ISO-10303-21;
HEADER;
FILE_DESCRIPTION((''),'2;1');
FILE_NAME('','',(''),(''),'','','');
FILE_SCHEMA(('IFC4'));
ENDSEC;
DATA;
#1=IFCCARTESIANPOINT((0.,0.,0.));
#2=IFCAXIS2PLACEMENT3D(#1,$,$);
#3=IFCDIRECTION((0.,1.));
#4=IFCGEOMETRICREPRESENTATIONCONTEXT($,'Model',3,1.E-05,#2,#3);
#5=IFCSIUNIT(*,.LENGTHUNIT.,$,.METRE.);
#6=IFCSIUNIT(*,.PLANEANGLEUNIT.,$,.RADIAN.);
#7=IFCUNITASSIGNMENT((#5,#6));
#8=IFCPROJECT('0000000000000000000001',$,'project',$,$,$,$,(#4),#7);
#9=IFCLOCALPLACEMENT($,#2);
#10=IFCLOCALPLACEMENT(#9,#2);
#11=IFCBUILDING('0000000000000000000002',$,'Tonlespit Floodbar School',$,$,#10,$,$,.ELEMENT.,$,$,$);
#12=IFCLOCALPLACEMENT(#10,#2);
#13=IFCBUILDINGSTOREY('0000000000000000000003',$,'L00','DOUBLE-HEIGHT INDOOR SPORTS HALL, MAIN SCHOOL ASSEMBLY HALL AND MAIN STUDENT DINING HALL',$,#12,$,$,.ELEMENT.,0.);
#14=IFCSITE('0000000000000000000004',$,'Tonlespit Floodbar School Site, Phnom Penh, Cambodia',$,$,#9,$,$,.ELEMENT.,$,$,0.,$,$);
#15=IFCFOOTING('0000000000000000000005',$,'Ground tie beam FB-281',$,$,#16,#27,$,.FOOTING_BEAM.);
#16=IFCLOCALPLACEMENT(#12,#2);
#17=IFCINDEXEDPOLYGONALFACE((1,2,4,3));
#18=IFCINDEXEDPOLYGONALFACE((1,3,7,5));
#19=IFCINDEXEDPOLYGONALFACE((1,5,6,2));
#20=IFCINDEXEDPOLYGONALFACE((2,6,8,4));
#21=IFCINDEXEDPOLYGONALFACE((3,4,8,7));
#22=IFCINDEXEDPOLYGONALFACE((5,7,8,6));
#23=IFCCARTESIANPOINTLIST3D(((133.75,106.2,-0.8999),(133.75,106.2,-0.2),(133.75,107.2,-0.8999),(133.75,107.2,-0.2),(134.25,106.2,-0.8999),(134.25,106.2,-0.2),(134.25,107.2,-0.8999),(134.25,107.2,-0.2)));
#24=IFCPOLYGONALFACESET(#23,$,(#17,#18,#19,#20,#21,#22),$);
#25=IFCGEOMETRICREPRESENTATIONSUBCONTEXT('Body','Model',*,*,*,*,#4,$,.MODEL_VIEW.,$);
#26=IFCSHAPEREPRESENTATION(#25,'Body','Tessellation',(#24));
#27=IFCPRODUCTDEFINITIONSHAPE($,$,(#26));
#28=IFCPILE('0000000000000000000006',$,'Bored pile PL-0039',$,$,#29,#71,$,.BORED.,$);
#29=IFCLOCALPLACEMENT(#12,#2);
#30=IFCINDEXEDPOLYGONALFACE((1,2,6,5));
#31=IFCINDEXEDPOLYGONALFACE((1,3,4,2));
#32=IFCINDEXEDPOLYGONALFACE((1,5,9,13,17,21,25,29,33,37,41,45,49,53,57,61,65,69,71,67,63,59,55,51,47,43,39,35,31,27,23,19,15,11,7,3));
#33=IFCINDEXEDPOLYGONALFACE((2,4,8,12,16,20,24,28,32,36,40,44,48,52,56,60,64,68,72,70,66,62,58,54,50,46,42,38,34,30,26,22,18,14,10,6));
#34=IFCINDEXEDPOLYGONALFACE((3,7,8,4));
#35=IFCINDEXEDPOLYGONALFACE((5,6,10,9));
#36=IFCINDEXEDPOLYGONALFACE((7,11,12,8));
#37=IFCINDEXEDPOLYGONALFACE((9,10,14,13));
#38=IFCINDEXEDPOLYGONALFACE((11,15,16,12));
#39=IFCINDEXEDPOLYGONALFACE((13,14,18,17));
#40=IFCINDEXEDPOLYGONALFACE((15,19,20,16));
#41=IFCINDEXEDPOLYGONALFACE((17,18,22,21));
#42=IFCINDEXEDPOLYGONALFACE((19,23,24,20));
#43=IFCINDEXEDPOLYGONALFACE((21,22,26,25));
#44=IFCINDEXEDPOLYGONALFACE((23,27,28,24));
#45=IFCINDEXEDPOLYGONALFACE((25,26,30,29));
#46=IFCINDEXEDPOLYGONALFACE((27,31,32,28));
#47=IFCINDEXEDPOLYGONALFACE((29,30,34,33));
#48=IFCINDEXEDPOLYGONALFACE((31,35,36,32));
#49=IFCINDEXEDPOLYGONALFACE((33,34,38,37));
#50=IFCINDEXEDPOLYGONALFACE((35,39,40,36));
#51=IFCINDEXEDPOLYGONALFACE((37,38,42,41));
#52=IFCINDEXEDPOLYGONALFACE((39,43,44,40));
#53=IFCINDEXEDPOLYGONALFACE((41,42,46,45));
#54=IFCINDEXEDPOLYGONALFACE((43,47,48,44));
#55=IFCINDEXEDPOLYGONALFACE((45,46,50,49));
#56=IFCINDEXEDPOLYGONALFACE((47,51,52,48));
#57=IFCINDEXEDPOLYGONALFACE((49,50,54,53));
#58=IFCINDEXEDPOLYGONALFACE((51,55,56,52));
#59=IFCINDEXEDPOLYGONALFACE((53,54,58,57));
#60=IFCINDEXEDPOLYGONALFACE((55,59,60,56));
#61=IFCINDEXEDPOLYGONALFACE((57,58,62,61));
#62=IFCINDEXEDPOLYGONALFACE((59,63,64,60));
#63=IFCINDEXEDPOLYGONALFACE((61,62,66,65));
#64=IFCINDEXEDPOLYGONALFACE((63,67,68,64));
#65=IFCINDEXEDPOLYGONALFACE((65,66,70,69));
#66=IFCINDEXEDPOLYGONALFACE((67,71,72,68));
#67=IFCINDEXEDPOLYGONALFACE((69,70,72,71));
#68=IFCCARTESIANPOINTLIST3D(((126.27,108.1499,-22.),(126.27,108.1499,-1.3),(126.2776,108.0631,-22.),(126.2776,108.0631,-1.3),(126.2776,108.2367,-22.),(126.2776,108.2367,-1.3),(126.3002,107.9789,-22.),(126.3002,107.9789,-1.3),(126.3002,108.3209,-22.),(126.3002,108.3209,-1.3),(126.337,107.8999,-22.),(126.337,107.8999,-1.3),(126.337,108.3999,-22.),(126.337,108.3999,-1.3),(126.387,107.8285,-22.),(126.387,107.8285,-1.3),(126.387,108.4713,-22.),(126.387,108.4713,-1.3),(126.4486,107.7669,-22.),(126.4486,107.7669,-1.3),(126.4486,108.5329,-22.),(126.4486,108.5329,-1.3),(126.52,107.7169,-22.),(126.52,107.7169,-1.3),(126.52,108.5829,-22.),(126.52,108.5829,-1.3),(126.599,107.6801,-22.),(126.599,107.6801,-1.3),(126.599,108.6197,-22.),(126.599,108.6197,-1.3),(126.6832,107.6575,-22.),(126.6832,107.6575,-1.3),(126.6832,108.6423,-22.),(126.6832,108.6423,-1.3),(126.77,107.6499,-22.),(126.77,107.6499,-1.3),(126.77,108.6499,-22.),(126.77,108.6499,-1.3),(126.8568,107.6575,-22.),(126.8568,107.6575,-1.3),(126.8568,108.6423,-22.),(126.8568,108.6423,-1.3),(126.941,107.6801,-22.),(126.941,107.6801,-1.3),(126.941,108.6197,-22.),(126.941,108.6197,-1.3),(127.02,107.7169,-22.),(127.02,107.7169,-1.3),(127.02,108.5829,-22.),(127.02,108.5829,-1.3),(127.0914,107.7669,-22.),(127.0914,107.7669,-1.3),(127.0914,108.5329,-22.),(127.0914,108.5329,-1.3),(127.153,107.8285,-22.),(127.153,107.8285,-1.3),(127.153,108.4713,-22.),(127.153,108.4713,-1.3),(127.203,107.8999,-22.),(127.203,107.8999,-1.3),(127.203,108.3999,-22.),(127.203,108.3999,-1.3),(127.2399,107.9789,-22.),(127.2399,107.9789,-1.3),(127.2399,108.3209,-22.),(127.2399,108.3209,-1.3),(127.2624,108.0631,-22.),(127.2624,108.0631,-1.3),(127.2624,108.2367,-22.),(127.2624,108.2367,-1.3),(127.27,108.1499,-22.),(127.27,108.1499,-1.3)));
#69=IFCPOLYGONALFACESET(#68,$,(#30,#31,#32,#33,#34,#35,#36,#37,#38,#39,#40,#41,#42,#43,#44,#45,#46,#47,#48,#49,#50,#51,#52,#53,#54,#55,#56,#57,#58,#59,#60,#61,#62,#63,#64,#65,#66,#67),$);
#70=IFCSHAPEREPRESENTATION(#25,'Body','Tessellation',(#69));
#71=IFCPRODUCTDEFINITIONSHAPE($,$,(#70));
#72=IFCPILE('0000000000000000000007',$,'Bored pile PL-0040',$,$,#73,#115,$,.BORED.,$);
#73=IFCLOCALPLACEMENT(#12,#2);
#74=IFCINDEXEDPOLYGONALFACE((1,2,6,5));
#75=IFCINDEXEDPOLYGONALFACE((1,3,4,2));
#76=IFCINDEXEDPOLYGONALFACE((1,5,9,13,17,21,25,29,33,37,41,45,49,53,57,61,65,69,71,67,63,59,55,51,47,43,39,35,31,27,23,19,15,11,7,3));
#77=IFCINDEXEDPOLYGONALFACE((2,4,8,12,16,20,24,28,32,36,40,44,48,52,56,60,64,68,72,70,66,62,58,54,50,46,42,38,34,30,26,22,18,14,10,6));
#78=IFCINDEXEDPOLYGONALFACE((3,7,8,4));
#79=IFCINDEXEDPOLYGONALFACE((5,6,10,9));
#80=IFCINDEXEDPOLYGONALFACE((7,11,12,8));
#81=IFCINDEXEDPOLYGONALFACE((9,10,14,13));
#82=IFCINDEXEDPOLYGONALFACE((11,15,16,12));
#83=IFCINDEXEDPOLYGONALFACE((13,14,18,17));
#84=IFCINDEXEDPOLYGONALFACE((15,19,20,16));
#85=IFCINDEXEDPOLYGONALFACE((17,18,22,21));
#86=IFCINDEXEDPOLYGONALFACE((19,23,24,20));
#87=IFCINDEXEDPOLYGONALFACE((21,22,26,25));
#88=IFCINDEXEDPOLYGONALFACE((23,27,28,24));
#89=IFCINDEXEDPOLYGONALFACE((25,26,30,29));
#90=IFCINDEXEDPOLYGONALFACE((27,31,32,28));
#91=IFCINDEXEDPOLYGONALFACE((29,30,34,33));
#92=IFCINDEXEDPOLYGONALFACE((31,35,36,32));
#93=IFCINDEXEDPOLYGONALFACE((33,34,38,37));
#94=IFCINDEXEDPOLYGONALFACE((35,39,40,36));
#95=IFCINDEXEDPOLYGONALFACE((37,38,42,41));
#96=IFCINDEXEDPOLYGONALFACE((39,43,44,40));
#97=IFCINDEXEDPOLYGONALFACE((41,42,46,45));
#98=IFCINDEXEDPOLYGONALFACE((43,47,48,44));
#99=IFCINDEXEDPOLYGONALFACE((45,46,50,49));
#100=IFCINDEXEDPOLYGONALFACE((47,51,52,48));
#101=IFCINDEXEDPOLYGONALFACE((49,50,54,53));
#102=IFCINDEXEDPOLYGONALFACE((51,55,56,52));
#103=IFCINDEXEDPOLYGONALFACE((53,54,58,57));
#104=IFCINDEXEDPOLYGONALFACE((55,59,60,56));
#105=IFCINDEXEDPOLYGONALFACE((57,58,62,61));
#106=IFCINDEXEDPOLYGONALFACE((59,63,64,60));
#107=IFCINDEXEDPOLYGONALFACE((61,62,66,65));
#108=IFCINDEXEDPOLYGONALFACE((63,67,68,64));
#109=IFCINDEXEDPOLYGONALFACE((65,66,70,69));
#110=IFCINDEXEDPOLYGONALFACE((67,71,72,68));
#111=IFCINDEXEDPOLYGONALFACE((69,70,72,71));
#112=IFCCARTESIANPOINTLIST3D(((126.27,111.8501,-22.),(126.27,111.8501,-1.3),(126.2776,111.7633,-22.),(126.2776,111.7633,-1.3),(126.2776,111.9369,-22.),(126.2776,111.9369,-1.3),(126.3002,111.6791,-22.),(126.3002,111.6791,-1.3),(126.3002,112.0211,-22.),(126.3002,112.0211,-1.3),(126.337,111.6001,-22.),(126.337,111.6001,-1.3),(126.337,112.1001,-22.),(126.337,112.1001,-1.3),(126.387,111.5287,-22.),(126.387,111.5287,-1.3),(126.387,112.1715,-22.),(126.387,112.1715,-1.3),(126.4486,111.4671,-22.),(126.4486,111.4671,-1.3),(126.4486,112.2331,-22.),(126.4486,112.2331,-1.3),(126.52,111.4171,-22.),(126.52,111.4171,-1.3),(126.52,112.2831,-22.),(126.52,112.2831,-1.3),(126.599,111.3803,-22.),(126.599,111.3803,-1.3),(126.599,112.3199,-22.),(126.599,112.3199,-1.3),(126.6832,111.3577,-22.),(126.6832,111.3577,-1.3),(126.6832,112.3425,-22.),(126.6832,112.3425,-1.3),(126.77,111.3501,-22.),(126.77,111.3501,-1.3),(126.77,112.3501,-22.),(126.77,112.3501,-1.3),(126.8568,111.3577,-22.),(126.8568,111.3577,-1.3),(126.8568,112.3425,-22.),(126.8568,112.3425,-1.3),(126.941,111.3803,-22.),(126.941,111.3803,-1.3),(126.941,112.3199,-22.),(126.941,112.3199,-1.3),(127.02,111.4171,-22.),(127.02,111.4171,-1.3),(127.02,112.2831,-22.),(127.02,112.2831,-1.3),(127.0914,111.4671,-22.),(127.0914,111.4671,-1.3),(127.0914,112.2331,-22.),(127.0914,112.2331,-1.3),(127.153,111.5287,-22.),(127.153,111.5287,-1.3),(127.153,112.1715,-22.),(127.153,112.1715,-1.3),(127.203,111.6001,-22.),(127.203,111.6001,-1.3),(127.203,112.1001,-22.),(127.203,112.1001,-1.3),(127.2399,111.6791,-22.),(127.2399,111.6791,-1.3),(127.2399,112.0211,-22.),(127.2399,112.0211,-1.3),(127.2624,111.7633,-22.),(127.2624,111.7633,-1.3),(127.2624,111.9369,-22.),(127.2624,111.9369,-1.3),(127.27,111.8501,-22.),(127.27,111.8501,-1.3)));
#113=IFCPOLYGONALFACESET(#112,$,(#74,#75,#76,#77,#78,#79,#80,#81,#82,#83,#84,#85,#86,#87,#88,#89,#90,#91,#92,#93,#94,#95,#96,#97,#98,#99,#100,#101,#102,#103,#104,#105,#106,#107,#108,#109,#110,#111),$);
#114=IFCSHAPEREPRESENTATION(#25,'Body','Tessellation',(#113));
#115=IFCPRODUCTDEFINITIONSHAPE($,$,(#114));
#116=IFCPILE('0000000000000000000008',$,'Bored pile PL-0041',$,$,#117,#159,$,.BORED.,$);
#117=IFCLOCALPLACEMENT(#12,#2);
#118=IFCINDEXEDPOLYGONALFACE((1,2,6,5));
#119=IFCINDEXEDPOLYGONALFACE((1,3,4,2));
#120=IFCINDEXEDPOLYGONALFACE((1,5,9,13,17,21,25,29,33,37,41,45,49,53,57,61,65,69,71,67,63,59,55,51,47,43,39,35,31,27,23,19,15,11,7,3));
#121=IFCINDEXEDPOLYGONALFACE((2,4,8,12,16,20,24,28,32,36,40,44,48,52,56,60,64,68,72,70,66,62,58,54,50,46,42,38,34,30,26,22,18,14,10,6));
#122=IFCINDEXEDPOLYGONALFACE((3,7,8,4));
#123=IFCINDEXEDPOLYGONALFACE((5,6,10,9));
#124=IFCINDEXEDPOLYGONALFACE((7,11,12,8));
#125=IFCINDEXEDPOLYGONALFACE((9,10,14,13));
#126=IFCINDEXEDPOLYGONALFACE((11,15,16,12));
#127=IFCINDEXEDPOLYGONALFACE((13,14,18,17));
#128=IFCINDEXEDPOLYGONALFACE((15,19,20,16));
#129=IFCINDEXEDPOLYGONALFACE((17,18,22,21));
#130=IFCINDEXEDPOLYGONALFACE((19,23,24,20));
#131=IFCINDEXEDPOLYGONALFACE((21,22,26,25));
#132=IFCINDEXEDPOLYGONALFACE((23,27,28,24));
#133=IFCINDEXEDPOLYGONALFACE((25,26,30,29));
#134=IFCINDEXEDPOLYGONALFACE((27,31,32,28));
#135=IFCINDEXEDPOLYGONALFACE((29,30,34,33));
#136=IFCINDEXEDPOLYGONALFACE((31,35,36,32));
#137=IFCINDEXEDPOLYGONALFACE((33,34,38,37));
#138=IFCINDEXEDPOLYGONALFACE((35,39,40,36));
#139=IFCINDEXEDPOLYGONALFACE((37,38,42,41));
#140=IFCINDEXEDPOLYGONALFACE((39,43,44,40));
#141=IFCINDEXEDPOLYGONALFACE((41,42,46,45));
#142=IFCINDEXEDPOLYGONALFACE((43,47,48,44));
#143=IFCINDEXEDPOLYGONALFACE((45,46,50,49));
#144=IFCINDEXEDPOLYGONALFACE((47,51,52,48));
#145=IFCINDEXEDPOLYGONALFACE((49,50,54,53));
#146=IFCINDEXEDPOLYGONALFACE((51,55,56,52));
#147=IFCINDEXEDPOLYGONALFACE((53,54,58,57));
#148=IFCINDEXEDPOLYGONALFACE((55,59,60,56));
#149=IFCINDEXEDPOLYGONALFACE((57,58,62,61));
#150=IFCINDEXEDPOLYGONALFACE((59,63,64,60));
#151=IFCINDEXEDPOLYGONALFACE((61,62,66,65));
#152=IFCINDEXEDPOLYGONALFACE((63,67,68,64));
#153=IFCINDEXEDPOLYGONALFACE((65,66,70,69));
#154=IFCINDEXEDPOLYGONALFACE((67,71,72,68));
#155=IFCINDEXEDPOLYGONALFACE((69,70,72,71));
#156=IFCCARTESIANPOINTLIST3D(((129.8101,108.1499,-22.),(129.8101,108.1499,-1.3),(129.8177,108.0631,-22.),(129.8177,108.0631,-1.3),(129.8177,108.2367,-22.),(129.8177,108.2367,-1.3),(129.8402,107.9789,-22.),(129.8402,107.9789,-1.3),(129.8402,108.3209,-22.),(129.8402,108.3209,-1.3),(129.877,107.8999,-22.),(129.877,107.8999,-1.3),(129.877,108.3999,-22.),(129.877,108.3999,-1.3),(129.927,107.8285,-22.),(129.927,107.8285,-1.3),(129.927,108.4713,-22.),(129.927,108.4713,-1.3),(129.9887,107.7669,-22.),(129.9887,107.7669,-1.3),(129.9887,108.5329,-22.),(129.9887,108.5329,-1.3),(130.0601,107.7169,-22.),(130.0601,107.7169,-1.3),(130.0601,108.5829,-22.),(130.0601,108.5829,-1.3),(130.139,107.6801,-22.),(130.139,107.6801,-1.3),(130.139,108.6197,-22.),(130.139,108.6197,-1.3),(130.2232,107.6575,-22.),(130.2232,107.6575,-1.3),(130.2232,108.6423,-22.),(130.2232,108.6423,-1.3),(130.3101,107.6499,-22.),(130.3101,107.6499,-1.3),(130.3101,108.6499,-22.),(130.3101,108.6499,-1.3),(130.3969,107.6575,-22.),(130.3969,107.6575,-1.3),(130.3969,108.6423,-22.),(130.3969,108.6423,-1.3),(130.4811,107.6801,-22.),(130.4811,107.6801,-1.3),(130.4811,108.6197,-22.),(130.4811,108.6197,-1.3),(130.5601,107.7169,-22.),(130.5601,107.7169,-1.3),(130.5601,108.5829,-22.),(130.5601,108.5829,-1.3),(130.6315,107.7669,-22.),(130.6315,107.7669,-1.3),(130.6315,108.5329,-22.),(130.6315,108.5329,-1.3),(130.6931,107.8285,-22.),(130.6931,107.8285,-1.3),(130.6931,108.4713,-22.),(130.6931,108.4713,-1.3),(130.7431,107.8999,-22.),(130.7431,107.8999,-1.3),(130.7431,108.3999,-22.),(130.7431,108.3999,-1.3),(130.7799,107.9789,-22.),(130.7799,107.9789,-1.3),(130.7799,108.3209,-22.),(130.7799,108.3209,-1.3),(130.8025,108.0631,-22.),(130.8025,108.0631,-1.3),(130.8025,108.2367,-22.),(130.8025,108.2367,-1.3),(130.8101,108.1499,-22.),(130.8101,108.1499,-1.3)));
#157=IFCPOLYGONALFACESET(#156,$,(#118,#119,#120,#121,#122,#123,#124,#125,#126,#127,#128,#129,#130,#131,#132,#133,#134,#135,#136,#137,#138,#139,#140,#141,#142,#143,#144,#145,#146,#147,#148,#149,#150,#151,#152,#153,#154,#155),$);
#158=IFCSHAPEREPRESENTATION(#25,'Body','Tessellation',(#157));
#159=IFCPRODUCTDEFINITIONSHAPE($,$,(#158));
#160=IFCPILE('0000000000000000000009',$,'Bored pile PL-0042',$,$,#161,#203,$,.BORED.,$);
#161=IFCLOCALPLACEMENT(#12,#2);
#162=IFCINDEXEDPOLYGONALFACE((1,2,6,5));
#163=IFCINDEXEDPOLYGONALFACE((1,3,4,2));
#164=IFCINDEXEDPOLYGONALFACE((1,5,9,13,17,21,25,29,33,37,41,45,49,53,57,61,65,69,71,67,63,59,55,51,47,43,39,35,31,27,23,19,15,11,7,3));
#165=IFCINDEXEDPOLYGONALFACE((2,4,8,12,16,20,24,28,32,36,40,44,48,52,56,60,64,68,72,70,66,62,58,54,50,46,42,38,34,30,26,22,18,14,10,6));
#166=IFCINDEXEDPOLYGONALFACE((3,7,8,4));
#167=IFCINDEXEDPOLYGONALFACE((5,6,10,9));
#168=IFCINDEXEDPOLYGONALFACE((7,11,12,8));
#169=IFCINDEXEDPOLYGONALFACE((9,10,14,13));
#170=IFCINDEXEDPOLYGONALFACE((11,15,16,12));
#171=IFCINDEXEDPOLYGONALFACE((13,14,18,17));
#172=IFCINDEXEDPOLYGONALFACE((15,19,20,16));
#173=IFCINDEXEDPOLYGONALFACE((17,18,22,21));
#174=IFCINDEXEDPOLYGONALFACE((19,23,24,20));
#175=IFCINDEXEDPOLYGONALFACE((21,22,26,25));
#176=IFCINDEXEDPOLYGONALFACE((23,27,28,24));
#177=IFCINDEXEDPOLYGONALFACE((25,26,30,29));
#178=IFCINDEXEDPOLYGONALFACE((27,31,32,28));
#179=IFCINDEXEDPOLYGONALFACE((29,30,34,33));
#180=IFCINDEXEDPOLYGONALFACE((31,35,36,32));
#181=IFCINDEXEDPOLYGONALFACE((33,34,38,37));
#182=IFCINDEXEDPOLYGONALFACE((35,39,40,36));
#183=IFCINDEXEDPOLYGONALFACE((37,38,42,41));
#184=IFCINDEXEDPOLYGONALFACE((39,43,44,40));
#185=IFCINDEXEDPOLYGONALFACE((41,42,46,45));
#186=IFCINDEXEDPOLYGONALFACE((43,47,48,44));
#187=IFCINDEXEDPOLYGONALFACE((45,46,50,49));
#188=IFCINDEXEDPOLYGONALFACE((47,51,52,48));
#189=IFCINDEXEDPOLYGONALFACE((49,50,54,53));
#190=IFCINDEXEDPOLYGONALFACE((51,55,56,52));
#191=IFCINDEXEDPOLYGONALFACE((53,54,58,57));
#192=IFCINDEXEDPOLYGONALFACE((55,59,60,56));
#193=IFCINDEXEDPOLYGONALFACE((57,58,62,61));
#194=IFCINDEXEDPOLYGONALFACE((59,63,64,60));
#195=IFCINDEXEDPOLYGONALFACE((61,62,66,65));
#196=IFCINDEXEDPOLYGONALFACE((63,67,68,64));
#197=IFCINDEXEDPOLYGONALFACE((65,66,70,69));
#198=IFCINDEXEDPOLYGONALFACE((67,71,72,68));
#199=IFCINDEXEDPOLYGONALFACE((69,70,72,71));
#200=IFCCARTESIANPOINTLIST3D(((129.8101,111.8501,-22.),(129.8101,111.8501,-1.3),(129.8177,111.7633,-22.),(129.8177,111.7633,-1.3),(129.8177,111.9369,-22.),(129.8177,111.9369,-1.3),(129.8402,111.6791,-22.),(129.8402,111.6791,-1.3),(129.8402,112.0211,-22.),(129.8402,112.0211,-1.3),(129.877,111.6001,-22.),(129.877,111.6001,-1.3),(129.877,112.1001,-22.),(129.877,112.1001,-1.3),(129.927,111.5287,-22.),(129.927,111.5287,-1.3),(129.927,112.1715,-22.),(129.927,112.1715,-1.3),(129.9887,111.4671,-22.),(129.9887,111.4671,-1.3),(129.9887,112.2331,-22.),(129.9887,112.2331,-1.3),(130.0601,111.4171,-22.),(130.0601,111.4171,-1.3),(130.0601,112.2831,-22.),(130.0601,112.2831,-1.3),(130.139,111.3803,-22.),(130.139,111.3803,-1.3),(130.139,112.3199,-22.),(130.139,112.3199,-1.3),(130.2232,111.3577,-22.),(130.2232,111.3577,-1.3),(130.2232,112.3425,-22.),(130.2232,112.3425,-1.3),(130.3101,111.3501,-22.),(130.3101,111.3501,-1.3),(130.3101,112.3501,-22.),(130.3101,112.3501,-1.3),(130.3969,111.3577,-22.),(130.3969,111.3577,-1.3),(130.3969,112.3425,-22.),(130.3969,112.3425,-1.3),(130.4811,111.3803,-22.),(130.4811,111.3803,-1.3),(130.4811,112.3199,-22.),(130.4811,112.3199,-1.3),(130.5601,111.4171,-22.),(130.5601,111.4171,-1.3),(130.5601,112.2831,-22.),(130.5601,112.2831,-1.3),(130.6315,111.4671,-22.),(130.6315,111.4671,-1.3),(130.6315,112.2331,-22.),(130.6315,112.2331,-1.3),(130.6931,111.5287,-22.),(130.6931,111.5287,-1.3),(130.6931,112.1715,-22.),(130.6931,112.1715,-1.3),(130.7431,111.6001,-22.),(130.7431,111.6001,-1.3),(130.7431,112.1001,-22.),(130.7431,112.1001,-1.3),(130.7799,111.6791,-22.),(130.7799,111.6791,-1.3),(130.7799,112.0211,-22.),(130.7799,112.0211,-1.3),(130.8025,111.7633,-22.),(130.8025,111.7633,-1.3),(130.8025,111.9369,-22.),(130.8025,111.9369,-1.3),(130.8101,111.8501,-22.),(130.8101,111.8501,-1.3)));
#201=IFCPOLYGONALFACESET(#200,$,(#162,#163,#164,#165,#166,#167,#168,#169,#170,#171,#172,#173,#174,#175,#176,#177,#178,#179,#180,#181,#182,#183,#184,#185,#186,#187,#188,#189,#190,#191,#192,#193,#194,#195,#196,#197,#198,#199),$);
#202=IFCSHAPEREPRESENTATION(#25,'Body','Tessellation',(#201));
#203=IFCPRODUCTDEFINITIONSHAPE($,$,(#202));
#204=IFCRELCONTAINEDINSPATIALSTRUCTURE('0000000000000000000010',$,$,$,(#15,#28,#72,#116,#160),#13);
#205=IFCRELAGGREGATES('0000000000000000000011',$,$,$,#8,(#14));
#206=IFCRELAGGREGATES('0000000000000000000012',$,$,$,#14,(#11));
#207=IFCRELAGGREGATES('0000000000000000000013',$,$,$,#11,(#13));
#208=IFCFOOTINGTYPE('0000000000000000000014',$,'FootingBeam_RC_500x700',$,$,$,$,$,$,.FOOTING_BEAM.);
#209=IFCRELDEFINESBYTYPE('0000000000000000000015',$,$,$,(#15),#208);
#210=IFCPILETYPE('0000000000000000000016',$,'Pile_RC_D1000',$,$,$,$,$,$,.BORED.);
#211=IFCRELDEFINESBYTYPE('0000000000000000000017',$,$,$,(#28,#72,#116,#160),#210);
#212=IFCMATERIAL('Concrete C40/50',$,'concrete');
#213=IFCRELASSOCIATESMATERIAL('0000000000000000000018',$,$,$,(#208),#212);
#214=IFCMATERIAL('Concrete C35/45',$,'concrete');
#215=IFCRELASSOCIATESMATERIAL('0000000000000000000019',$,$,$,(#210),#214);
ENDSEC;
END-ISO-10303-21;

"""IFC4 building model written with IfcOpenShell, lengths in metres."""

from ifc_helpers import new_model, si_unit, direction, frame, origin, origin_2d, place, context, subcontext, project, spatial, rectangle, circle, extrude, material, material_profile, profile_set, type_object, element, save


model = new_model("IFC4")

# Units and contexts
model_context = context("Model", 3, precision=1e-05, world=origin(), true_north=direction((0.0, 1.0)))
body_context = subcontext(model_context, "Body", "Model", "MODEL_VIEW")
ifc_project = project(units=[si_unit("LENGTHUNIT", "METRE"), si_unit("PLANEANGLEUNIT", "RADIAN")], contexts=[model_context])

# Site, building, storey
site_placement = place(None, origin())
site = spatial("IfcSite", under=ifc_project, at=site_placement, Name="Tonlespit Floodbar School Site, Phnom Penh, Cambodia", CompositionType="ELEMENT", RefElevation=0.0)
building_placement = place(site_placement, origin())
building = spatial("IfcBuilding", under=site, at=building_placement, Name="Tonlespit Floodbar School", CompositionType="ELEMENT")
storey_placement = place(building_placement, origin())
storey = spatial("IfcBuildingStorey", under=building, at=storey_placement, Name="L00", Description="DOUBLE-HEIGHT INDOOR SPORTS HALL, MAIN SCHOOL ASSEMBLY HALL AND MAIN STUDENT DINING HALL", CompositionType="ELEMENT", Elevation=0.0)

# Footing
ifc_material_1 = material(Name="Concrete C40/50", Category="concrete")
footing_type_1 = type_object("IfcFootingType", Name="FootingBeam_RC_500x700", PredefinedType="FOOTING_BEAM", material=ifc_material_1)
footing_1_placement = place(storey_placement, frame((134.0, 106.7, -0.8999), z_axis=(0.0, 0.0, 1.0), x_axis=(0.0, 1.0, 0.0)))
element("IfcFooting", 1, at=footing_1_placement, inside=storey, type_object=footing_type_1, Name="Ground tie beam FB-281", PredefinedType="FOOTING_BEAM", context=body_context, shape_type="SweptSolid", body=[
    extrude(rectangle(XDim=1.0, YDim=0.5, at=origin_2d()), origin(), (0.0, 0.0, 1.0), 0.7),
])

# Piles
ifc_material_2 = material(Name="Concrete C35/45", Category="concrete")
ifc_material_profile_1 = material_profile(ifc_material_2, circle(Radius=0.5, at=origin_2d()), Name="BP D1000")
ifc_profile_set_1 = profile_set([ifc_material_profile_1], Name="Concrete C35/45")
pile_type = type_object("IfcPileType", Name="Pile_RC_D1000", PredefinedType="BORED", material=ifc_profile_set_1)
for number, where, z_axis, x_axis, name in (
    (2, (126.77, 108.1499, -1.3), (0.0, 0.0, -1.0), (1.0, 0.0, 0.0), "Bored pile PL-0039"),
    (3, (126.77, 111.8501, -1.3), (0.0, 0.0, -1.0), (1.0, 0.0, 0.0), "Bored pile PL-0040"),
    (4, (130.3101, 108.1499, -1.3), (0.0, 0.0, -1.0), (1.0, 0.0, 0.0), "Bored pile PL-0041"),
    (5, (130.3101, 111.8501, -1.3), (0.0, 0.0, -1.0), (1.0, 0.0, 0.0), "Bored pile PL-0042"),
):
    element("IfcPile", number, at=place(storey_placement, frame(where, z_axis=z_axis, x_axis=x_axis)), inside=storey, type_object=pile_type, Name=name, PredefinedType="BORED", context=body_context, shape_type="SweptSolid", body=[
        extrude(circle(Radius=0.5, at=origin_2d()), origin(), (0.0, 0.0, 1.0), 20.7),
    ])

save(model, "model.ifc")
